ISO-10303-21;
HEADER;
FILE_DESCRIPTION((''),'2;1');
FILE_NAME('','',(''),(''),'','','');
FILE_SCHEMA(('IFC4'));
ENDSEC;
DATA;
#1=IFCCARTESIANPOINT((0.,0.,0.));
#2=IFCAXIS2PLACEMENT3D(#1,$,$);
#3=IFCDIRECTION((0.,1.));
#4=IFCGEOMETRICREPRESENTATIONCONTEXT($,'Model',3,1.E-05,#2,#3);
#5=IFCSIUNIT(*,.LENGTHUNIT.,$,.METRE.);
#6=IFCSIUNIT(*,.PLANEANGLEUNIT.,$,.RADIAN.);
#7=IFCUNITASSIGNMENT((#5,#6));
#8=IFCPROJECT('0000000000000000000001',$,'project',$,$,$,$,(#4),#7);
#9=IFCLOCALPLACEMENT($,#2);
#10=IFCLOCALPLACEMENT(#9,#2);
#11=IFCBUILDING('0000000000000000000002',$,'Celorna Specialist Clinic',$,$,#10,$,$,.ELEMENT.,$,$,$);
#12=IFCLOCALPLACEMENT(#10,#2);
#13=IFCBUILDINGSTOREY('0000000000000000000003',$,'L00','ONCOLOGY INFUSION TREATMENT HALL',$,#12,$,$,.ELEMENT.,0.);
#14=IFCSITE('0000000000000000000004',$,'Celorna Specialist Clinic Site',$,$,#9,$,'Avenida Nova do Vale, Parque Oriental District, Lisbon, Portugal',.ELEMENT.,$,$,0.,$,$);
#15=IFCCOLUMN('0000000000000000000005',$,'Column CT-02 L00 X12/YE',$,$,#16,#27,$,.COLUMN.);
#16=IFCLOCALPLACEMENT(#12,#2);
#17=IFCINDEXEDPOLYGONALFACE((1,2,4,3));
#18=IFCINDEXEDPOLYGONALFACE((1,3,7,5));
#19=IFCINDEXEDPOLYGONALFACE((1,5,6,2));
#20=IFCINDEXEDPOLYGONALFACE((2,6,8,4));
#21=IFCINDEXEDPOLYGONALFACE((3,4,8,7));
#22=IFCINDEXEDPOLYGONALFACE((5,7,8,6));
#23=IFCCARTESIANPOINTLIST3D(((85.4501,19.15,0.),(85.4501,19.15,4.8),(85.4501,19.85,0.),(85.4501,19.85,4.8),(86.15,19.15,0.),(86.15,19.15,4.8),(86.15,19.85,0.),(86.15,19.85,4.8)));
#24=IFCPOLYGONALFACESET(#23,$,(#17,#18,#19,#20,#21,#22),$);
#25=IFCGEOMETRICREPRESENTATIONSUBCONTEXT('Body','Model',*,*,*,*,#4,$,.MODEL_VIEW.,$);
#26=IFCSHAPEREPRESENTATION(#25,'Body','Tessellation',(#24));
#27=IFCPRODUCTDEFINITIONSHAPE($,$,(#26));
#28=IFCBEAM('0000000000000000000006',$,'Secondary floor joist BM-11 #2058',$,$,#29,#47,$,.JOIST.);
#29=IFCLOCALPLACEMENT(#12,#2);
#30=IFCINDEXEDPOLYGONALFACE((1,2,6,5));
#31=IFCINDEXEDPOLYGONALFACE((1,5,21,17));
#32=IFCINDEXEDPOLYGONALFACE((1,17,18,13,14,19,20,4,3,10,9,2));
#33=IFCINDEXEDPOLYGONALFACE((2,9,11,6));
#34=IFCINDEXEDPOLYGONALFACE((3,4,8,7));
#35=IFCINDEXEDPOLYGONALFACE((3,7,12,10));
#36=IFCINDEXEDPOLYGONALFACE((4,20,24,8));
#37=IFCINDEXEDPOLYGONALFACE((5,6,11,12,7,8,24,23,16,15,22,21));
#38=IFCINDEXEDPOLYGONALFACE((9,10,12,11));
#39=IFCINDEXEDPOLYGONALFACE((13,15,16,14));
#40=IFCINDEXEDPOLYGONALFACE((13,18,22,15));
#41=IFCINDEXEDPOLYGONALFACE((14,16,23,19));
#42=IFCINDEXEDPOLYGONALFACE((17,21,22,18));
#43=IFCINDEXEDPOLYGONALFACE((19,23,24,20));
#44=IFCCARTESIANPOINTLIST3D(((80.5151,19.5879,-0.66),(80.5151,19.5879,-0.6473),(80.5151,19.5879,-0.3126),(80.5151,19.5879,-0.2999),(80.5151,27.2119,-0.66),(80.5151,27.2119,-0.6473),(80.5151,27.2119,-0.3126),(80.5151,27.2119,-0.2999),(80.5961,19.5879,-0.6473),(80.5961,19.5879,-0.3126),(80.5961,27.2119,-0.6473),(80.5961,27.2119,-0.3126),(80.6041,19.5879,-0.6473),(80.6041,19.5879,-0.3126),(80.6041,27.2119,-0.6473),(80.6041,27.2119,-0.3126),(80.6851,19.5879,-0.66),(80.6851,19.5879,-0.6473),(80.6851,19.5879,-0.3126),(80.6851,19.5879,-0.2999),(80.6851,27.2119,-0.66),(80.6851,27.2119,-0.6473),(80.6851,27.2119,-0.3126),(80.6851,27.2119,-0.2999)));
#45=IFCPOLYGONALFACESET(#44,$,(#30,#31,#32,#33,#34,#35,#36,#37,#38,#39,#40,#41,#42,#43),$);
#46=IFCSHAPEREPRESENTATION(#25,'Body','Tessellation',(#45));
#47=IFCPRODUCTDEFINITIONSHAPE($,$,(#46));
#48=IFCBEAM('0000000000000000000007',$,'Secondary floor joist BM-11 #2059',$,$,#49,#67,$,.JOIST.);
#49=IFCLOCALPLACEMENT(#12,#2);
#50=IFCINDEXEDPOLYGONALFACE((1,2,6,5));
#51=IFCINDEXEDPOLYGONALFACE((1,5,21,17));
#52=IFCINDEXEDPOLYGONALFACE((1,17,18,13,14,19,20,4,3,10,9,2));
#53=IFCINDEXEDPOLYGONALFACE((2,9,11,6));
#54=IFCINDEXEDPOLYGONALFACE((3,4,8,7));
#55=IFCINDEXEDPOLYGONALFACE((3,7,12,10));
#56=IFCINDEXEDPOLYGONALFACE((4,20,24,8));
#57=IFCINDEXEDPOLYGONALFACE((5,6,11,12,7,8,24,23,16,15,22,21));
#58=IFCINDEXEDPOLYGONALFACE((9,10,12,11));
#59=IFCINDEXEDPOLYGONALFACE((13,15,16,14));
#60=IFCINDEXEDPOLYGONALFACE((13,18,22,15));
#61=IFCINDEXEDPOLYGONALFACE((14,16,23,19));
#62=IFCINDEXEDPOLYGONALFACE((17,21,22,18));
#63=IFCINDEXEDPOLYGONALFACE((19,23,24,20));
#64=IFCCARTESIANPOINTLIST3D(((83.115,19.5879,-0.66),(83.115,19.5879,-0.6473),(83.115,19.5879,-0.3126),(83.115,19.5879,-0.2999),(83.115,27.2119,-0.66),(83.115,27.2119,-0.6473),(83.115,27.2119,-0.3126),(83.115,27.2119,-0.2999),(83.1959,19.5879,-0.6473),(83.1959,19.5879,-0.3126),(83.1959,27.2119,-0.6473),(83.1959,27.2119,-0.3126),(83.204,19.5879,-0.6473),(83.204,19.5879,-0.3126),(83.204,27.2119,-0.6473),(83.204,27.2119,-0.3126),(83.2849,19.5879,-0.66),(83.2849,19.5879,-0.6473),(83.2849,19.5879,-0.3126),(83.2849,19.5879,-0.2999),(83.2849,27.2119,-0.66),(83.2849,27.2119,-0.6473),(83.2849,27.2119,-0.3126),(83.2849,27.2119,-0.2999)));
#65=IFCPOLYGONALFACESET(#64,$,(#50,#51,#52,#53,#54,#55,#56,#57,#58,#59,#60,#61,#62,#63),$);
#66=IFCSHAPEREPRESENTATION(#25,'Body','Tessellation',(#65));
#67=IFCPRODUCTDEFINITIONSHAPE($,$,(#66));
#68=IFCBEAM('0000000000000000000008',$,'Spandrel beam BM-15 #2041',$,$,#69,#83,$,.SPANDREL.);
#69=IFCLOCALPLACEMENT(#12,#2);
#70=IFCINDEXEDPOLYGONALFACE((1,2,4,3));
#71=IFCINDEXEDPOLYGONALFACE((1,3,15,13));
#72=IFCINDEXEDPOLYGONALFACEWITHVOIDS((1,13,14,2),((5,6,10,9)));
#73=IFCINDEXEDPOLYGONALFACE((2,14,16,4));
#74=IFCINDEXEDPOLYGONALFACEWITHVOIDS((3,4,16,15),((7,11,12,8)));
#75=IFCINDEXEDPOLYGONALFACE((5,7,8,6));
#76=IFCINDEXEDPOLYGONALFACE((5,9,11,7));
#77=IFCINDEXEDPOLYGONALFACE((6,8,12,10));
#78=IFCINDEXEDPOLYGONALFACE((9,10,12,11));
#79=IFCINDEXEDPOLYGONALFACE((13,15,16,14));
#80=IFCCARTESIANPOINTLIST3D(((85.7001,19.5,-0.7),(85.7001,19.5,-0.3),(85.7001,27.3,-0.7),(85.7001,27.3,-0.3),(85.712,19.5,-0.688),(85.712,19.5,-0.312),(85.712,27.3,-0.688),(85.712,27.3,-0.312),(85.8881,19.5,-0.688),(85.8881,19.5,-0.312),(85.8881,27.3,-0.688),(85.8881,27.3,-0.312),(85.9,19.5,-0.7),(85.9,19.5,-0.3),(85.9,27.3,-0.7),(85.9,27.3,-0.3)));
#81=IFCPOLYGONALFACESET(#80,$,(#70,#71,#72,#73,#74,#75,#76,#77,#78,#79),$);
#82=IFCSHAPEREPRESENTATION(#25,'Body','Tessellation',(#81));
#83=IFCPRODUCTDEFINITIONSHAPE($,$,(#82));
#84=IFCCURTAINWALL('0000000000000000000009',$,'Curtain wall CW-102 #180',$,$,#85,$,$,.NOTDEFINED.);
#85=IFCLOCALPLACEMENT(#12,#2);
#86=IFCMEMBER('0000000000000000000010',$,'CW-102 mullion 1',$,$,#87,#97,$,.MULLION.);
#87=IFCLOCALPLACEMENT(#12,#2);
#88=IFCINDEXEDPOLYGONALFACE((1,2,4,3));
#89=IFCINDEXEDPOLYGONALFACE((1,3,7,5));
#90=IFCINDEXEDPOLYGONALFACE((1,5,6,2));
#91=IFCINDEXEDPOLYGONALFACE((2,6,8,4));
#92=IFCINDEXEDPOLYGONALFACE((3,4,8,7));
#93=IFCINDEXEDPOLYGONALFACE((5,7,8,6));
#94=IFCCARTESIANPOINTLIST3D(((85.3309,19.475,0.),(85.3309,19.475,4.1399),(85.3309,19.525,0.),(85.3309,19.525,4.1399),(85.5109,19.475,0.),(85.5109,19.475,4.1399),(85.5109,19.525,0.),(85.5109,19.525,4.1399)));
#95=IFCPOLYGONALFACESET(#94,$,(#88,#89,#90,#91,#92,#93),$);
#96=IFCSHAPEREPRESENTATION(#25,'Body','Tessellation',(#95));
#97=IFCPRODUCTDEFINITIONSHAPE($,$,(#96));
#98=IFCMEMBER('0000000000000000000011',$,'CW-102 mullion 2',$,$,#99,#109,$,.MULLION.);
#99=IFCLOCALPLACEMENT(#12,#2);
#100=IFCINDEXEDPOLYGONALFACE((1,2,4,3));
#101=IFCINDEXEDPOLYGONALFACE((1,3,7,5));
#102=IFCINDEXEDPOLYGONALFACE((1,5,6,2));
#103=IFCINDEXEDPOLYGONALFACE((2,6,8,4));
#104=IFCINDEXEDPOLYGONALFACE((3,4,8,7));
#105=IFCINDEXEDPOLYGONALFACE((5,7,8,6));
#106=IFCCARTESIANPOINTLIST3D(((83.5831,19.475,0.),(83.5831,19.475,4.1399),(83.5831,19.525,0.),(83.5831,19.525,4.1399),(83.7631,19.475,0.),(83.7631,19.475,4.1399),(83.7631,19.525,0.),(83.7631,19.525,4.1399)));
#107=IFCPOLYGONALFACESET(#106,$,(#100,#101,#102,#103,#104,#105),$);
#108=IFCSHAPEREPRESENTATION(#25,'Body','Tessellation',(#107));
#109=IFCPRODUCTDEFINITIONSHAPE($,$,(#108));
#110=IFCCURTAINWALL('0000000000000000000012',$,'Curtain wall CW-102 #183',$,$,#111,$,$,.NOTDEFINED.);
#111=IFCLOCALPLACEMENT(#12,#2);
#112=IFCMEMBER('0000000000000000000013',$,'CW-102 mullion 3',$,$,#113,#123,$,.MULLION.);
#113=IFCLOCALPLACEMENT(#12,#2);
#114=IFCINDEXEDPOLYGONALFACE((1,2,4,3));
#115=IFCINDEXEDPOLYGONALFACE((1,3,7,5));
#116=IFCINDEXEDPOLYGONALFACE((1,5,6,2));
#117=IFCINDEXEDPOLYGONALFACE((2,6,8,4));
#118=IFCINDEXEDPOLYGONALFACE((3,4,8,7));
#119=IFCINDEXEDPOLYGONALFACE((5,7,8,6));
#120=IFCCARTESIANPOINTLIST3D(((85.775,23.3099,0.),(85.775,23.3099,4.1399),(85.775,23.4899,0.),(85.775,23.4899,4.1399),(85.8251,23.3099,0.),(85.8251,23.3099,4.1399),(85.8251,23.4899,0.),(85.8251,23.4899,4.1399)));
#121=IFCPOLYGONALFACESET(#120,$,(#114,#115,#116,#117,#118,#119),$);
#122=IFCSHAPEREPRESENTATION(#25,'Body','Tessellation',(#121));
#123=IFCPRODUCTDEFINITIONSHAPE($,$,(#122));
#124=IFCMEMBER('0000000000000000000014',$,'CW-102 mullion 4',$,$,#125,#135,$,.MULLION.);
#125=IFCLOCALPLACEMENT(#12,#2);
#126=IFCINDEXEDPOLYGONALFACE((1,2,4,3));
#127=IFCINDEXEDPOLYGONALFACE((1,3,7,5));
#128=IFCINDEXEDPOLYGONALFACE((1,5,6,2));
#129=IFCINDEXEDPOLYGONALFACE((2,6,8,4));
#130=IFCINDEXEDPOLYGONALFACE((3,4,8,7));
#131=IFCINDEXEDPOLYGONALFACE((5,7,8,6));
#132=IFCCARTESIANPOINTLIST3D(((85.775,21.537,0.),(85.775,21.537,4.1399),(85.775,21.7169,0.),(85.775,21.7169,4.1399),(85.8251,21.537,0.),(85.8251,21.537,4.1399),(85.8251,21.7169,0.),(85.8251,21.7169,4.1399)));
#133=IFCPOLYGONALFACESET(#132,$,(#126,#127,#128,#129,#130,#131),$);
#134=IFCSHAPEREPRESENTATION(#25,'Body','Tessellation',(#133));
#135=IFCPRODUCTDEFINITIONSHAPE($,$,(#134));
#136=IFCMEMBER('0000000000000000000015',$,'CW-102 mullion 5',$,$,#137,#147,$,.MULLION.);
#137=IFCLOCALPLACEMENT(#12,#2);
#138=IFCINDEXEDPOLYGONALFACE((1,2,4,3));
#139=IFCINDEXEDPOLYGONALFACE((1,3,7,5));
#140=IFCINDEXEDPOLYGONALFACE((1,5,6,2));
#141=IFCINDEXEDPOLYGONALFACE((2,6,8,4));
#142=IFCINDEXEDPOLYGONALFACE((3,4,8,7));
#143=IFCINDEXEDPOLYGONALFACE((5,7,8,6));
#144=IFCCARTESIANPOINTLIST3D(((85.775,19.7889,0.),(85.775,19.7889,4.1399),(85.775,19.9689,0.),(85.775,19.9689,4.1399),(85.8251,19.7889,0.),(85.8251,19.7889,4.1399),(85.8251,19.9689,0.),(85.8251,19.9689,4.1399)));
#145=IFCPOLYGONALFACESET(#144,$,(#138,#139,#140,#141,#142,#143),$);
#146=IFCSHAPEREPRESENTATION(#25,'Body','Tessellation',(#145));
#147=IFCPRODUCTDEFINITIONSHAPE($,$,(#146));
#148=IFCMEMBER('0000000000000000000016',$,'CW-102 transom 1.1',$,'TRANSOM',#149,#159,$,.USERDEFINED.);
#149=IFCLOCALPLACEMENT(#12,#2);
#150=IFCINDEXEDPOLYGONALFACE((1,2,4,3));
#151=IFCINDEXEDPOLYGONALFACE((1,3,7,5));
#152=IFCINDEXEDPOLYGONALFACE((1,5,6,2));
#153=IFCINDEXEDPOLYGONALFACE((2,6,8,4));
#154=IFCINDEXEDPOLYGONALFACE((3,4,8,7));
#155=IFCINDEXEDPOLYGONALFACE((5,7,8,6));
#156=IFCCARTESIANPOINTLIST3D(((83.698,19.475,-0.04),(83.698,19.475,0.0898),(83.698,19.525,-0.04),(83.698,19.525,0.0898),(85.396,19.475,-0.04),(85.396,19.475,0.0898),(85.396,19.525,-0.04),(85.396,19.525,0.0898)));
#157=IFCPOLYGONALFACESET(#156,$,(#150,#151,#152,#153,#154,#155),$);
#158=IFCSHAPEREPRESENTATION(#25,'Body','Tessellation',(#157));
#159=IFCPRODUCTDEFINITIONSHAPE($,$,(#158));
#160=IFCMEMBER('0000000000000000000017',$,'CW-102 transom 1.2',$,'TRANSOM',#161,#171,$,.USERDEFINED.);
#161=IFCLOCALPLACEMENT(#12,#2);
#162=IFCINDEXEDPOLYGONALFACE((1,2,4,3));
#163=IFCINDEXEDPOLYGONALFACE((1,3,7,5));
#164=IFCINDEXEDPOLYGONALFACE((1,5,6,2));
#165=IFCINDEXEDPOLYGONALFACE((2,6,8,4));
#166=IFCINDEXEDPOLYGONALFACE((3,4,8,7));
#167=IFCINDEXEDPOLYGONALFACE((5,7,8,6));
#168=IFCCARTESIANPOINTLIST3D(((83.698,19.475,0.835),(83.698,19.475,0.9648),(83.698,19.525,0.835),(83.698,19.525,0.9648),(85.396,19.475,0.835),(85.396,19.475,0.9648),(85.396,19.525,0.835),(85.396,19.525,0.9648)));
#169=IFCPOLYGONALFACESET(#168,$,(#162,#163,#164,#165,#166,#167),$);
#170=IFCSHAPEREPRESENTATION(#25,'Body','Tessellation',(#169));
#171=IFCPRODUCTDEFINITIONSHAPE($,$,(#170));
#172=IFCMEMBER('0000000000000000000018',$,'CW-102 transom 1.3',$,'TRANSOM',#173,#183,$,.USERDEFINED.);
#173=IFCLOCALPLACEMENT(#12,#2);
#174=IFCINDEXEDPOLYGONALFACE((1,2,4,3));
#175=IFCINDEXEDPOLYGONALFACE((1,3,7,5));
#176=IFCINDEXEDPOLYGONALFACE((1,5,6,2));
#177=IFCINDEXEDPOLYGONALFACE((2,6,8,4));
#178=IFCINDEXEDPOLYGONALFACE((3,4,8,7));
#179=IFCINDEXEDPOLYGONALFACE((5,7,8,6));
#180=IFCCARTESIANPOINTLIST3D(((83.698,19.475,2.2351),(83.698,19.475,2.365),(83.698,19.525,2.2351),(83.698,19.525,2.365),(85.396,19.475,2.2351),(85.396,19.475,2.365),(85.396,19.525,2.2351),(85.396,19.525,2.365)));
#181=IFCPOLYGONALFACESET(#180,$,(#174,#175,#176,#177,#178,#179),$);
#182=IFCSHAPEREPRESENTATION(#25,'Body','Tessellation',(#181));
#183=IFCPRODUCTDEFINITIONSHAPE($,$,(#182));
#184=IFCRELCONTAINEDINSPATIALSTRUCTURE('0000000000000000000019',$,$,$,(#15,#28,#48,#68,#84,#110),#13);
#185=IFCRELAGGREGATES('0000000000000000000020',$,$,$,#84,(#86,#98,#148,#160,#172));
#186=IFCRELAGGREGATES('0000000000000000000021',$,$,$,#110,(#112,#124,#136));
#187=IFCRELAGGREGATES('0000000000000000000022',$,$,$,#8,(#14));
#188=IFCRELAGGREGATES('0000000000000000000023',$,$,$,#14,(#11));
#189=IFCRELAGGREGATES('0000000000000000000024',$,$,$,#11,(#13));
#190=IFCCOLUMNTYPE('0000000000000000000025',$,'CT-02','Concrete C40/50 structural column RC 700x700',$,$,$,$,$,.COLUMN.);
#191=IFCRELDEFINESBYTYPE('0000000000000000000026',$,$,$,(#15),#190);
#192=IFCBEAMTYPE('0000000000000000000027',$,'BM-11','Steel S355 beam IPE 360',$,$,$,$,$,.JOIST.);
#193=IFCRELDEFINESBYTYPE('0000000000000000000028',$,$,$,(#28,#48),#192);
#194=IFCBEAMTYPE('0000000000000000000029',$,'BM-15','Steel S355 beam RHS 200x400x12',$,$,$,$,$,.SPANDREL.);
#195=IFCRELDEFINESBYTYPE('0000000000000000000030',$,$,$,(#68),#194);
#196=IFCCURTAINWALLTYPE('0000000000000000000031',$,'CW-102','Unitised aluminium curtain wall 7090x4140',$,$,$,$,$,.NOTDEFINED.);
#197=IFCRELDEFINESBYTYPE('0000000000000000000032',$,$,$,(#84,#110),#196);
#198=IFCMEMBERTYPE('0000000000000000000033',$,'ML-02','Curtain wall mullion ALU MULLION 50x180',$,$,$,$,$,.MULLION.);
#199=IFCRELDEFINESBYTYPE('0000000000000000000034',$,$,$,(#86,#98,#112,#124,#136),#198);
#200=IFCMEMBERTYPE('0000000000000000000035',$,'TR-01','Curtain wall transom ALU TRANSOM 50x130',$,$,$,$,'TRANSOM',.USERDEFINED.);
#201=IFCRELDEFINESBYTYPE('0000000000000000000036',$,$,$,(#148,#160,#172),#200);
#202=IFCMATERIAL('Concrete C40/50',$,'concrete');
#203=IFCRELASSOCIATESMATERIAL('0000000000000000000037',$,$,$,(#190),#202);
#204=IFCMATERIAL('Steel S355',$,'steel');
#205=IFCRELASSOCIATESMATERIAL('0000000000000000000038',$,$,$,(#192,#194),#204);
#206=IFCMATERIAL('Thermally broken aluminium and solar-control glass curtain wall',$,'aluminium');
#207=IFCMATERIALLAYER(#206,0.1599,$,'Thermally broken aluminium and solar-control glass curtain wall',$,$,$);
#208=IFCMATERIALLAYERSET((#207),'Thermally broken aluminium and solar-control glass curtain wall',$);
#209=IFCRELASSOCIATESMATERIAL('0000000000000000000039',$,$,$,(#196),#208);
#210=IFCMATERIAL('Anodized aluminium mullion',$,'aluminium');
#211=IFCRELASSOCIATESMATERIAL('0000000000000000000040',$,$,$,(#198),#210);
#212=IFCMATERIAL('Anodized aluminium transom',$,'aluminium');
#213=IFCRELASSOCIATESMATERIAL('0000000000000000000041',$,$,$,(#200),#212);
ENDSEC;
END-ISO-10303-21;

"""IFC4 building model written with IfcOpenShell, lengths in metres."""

from ifc_helpers import new_model, si_unit, direction, frame, origin, origin_2d, place, context, subcontext, project, spatial, rectangle, hollow_rectangle, i_section, extrude, material, layer, layer_set, material_profile, profile_set, type_object, element, aggregate, save


model = new_model("IFC4")

# Units and contexts
model_context = context("Model", 3, precision=1e-05, world=origin(), true_north=direction((0.0, 1.0)))
body_context = subcontext(model_context, "Body", "Model", "MODEL_VIEW")
ifc_project = project(units=[si_unit("LENGTHUNIT", "METRE"), si_unit("PLANEANGLEUNIT", "RADIAN")], contexts=[model_context])

# Site, building, storey
site_placement = place(None, origin())
site = spatial("IfcSite", under=ifc_project, at=site_placement, Name="Celorna Specialist Clinic Site", LongName="Avenida Nova do Vale, Parque Oriental District, Lisbon, Portugal", CompositionType="ELEMENT", RefElevation=0.0)
building_placement = place(site_placement, origin())
building = spatial("IfcBuilding", under=site, at=building_placement, Name="Celorna Specialist Clinic", CompositionType="ELEMENT")
storey_placement = place(building_placement, origin())
storey = spatial("IfcBuildingStorey", under=building, at=storey_placement, Name="L00", Description="ONCOLOGY INFUSION TREATMENT HALL", CompositionType="ELEMENT", Elevation=0.0)

# Column
ifc_material_1 = material(Name="Concrete C40/50", Category="concrete")
ifc_material_profile_1 = material_profile(ifc_material_1, rectangle(XDim=0.7, YDim=0.7, at=origin_2d()), Name="RC 700x700")
ifc_profile_set_1 = profile_set([ifc_material_profile_1], Name="Concrete C40/50")
column_type = type_object("IfcColumnType", Name="CT-02", Description="Concrete C40/50 structural column RC 700x700", PredefinedType="COLUMN", material=ifc_profile_set_1)
column_placement = place(storey_placement, frame((85.8, 19.5, 0.0), z_axis=(0.0, 0.0, 1.0), x_axis=(1.0, 0.0, 0.0)))
element("IfcColumn", 1, at=column_placement, inside=storey, type_object=column_type, Name="Column CT-02 L00 X12/YE", PredefinedType="COLUMN", context=body_context, shape_type="SweptSolid", body=[
    extrude(rectangle(XDim=0.7, YDim=0.7, at=origin_2d()), origin(), (0.0, 0.0, 1.0), 4.8),
])

# Beams
ifc_material_2 = material(Name="Steel S355", Category="steel")
ifc_material_profile_2 = material_profile(ifc_material_2, i_section(OverallWidth=0.1699, OverallDepth=0.3601, WebThickness=0.0081, FlangeThickness=0.0127, at=origin_2d()), Name="IPE 360")
ifc_profile_set_2 = profile_set([ifc_material_profile_2], Name="Steel S355")
beam_type_1 = type_object("IfcBeamType", Name="BM-11", Description="Steel S355 beam IPE 360", PredefinedType="JOIST", material=ifc_profile_set_2)
for number, where, z_axis, x_axis, name in (
    (2, (80.6001, 19.5879, -0.48), (0.0, 1.0, 0.0), (-1.0, 0.0, 0.0), "Secondary floor joist BM-11 #2058"),
    (3, (83.2, 19.5879, -0.48), (0.0, 1.0, 0.0), (-1.0, 0.0, 0.0), "Secondary floor joist BM-11 #2059"),
):
    element("IfcBeam", number, at=place(storey_placement, frame(where, z_axis=z_axis, x_axis=x_axis)), inside=storey, type_object=beam_type_1, Name=name, PredefinedType="JOIST", context=body_context, shape_type="SweptSolid", body=[
        extrude(i_section(OverallWidth=0.1699, OverallDepth=0.3601, WebThickness=0.0081, FlangeThickness=0.0127, at=origin_2d()), origin(), (0.0, 0.0, 1.0), 7.624),
    ])
ifc_material_profile_3 = material_profile(ifc_material_2, hollow_rectangle(XDim=0.2, YDim=0.3999, WallThickness=0.012, at=origin_2d()), Name="RHS 200x400x12")
ifc_profile_set_3 = profile_set([ifc_material_profile_3], Name="Steel S355")
beam_type_2 = type_object("IfcBeamType", Name="BM-15", Description="Steel S355 beam RHS 200x400x12", PredefinedType="SPANDREL", material=ifc_profile_set_3)
beam_placement = place(storey_placement, frame((85.8, 19.5, -0.5), z_axis=(0.0, 1.0, 0.0), x_axis=(-1.0, 0.0, 0.0)))
element("IfcBeam", 4, at=beam_placement, inside=storey, type_object=beam_type_2, Name="Spandrel beam BM-15 #2041", PredefinedType="SPANDREL", context=body_context, shape_type="SweptSolid", body=[
    extrude(hollow_rectangle(XDim=0.2, YDim=0.3999, WallThickness=0.012, at=origin_2d()), origin(), (0.0, 0.0, 1.0), 7.8),
])

# Curtain walls, members
ifc_material_3 = material(Name="Thermally broken aluminium and solar-control glass curtain wall", Category="aluminium")
ifc_layer_1 = layer(ifc_material_3, 0.1599, Name="Thermally broken aluminium and solar-control glass curtain wall")
ifc_layer_set_1 = layer_set([ifc_layer_1], Name="Thermally broken aluminium and solar-control glass curtain wall")
curtain_wall_type = type_object("IfcCurtainWallType", Name="CW-102", Description="Unitised aluminium curtain wall 7090x4140", PredefinedType="NOTDEFINED", material=ifc_layer_set_1)
curtain_wall_1_placement = place(storey_placement, origin())
curtain_wall_1 = element("IfcCurtainWall", 5, at=curtain_wall_1_placement, inside=storey, type_object=curtain_wall_type, Name="Curtain wall CW-102 #180", PredefinedType="NOTDEFINED")
ifc_material_4 = material(Name="Anodized aluminium mullion", Category="aluminium")
ifc_material_profile_4 = material_profile(ifc_material_4, rectangle(XDim=0.05, YDim=0.1799, at=origin_2d()), Name="ALU MULLION 50x180")
ifc_profile_set_4 = profile_set([ifc_material_profile_4], Name="Anodized aluminium mullion")
member_type_1 = type_object("IfcMemberType", Name="ML-02", Description="Curtain wall mullion ALU MULLION 50x180", PredefinedType="MULLION", material=ifc_profile_set_4)
member_1_placement = place(storey_placement, frame((85.4209, 19.5, 0.0), z_axis=(0.0, 0.0, 1.0), x_axis=(0.0, -1.0, 0.0)))
member_1 = element("IfcMember", 6, at=member_1_placement, type_object=member_type_1, Name="CW-102 mullion 1", PredefinedType="MULLION", context=body_context, shape_type="SweptSolid", body=[
    extrude(rectangle(XDim=0.05, YDim=0.1799, at=origin_2d()), origin(), (0.0, 0.0, 1.0), 4.1399),
])
member_2_placement = place(storey_placement, frame((83.6731, 19.5, 0.0), z_axis=(0.0, 0.0, 1.0), x_axis=(0.0, -1.0, 0.0)))
member_2 = element("IfcMember", 7, at=member_2_placement, type_object=member_type_1, Name="CW-102 mullion 2", PredefinedType="MULLION", context=body_context, shape_type="SweptSolid", body=[
    extrude(rectangle(XDim=0.05, YDim=0.1799, at=origin_2d()), origin(), (0.0, 0.0, 1.0), 4.1399),
])
curtain_wall_2_placement = place(storey_placement, origin())
curtain_wall_2 = element("IfcCurtainWall", 8, at=curtain_wall_2_placement, inside=storey, type_object=curtain_wall_type, Name="Curtain wall CW-102 #183", PredefinedType="NOTDEFINED")
member_3_placement = place(storey_placement, frame((85.8, 23.3999, 0.0), z_axis=(0.0, 0.0, 1.0), x_axis=(1.0, 0.0, 0.0)))
member_3 = element("IfcMember", 9, at=member_3_placement, type_object=member_type_1, Name="CW-102 mullion 3", PredefinedType="MULLION", context=body_context, shape_type="SweptSolid", body=[
    extrude(rectangle(XDim=0.05, YDim=0.1799, at=origin_2d()), origin(), (0.0, 0.0, 1.0), 4.1399),
])
member_4_placement = place(storey_placement, frame((85.8, 21.627, 0.0), z_axis=(0.0, 0.0, 1.0), x_axis=(1.0, 0.0, 0.0)))
member_4 = element("IfcMember", 10, at=member_4_placement, type_object=member_type_1, Name="CW-102 mullion 4", PredefinedType="MULLION", context=body_context, shape_type="SweptSolid", body=[
    extrude(rectangle(XDim=0.05, YDim=0.1799, at=origin_2d()), origin(), (0.0, 0.0, 1.0), 4.1399),
])
member_5_placement = place(storey_placement, frame((85.8, 19.8789, 0.0), z_axis=(0.0, 0.0, 1.0), x_axis=(1.0, 0.0, 0.0)))
member_5 = element("IfcMember", 11, at=member_5_placement, type_object=member_type_1, Name="CW-102 mullion 5", PredefinedType="MULLION", context=body_context, shape_type="SweptSolid", body=[
    extrude(rectangle(XDim=0.05, YDim=0.1799, at=origin_2d()), origin(), (0.0, 0.0, 1.0), 4.1399),
])

# Members
ifc_material_5 = material(Name="Anodized aluminium transom", Category="aluminium")
ifc_material_profile_5 = material_profile(ifc_material_5, rectangle(XDim=0.05, YDim=0.1299, at=origin_2d()), Name="ALU TRANSOM 50x130")
ifc_profile_set_5 = profile_set([ifc_material_profile_5], Name="Anodized aluminium transom")
member_type_2 = type_object("IfcMemberType", Name="TR-01", Description="Curtain wall transom ALU TRANSOM 50x130", ElementType="TRANSOM", PredefinedType="USERDEFINED", material=ifc_profile_set_5)
member_6_placement = place(storey_placement, frame((85.396, 19.5, 0.0249), z_axis=(-1.0, 0.0, 0.0), x_axis=(0.0, -1.0, 0.0)))
member_6 = element("IfcMember", 12, at=member_6_placement, type_object=member_type_2, Name="CW-102 transom 1.1", ObjectType="TRANSOM", PredefinedType="USERDEFINED", context=body_context, shape_type="SweptSolid", body=[
    extrude(rectangle(XDim=0.05, YDim=0.1299, at=origin_2d()), origin(), (0.0, 0.0, 1.0), 1.698),
])
member_7_placement = place(storey_placement, frame((85.396, 19.5, 0.8999), z_axis=(-1.0, 0.0, 0.0), x_axis=(0.0, -1.0, 0.0)))
member_7 = element("IfcMember", 13, at=member_7_placement, type_object=member_type_2, Name="CW-102 transom 1.2", ObjectType="TRANSOM", PredefinedType="USERDEFINED", context=body_context, shape_type="SweptSolid", body=[
    extrude(rectangle(XDim=0.05, YDim=0.1299, at=origin_2d()), origin(), (0.0, 0.0, 1.0), 1.698),
])
member_8_placement = place(storey_placement, frame((85.396, 19.5, 2.3), z_axis=(-1.0, 0.0, 0.0), x_axis=(0.0, -1.0, 0.0)))
member_8 = element("IfcMember", 14, at=member_8_placement, type_object=member_type_2, Name="CW-102 transom 1.3", ObjectType="TRANSOM", PredefinedType="USERDEFINED", context=body_context, shape_type="SweptSolid", body=[
    extrude(rectangle(XDim=0.05, YDim=0.1299, at=origin_2d()), origin(), (0.0, 0.0, 1.0), 1.698),
])

aggregate(curtain_wall_1, [member_1, member_2, member_6, member_7, member_8])
aggregate(curtain_wall_2, [member_3, member_4, member_5])

save(model, "model.ifc")
